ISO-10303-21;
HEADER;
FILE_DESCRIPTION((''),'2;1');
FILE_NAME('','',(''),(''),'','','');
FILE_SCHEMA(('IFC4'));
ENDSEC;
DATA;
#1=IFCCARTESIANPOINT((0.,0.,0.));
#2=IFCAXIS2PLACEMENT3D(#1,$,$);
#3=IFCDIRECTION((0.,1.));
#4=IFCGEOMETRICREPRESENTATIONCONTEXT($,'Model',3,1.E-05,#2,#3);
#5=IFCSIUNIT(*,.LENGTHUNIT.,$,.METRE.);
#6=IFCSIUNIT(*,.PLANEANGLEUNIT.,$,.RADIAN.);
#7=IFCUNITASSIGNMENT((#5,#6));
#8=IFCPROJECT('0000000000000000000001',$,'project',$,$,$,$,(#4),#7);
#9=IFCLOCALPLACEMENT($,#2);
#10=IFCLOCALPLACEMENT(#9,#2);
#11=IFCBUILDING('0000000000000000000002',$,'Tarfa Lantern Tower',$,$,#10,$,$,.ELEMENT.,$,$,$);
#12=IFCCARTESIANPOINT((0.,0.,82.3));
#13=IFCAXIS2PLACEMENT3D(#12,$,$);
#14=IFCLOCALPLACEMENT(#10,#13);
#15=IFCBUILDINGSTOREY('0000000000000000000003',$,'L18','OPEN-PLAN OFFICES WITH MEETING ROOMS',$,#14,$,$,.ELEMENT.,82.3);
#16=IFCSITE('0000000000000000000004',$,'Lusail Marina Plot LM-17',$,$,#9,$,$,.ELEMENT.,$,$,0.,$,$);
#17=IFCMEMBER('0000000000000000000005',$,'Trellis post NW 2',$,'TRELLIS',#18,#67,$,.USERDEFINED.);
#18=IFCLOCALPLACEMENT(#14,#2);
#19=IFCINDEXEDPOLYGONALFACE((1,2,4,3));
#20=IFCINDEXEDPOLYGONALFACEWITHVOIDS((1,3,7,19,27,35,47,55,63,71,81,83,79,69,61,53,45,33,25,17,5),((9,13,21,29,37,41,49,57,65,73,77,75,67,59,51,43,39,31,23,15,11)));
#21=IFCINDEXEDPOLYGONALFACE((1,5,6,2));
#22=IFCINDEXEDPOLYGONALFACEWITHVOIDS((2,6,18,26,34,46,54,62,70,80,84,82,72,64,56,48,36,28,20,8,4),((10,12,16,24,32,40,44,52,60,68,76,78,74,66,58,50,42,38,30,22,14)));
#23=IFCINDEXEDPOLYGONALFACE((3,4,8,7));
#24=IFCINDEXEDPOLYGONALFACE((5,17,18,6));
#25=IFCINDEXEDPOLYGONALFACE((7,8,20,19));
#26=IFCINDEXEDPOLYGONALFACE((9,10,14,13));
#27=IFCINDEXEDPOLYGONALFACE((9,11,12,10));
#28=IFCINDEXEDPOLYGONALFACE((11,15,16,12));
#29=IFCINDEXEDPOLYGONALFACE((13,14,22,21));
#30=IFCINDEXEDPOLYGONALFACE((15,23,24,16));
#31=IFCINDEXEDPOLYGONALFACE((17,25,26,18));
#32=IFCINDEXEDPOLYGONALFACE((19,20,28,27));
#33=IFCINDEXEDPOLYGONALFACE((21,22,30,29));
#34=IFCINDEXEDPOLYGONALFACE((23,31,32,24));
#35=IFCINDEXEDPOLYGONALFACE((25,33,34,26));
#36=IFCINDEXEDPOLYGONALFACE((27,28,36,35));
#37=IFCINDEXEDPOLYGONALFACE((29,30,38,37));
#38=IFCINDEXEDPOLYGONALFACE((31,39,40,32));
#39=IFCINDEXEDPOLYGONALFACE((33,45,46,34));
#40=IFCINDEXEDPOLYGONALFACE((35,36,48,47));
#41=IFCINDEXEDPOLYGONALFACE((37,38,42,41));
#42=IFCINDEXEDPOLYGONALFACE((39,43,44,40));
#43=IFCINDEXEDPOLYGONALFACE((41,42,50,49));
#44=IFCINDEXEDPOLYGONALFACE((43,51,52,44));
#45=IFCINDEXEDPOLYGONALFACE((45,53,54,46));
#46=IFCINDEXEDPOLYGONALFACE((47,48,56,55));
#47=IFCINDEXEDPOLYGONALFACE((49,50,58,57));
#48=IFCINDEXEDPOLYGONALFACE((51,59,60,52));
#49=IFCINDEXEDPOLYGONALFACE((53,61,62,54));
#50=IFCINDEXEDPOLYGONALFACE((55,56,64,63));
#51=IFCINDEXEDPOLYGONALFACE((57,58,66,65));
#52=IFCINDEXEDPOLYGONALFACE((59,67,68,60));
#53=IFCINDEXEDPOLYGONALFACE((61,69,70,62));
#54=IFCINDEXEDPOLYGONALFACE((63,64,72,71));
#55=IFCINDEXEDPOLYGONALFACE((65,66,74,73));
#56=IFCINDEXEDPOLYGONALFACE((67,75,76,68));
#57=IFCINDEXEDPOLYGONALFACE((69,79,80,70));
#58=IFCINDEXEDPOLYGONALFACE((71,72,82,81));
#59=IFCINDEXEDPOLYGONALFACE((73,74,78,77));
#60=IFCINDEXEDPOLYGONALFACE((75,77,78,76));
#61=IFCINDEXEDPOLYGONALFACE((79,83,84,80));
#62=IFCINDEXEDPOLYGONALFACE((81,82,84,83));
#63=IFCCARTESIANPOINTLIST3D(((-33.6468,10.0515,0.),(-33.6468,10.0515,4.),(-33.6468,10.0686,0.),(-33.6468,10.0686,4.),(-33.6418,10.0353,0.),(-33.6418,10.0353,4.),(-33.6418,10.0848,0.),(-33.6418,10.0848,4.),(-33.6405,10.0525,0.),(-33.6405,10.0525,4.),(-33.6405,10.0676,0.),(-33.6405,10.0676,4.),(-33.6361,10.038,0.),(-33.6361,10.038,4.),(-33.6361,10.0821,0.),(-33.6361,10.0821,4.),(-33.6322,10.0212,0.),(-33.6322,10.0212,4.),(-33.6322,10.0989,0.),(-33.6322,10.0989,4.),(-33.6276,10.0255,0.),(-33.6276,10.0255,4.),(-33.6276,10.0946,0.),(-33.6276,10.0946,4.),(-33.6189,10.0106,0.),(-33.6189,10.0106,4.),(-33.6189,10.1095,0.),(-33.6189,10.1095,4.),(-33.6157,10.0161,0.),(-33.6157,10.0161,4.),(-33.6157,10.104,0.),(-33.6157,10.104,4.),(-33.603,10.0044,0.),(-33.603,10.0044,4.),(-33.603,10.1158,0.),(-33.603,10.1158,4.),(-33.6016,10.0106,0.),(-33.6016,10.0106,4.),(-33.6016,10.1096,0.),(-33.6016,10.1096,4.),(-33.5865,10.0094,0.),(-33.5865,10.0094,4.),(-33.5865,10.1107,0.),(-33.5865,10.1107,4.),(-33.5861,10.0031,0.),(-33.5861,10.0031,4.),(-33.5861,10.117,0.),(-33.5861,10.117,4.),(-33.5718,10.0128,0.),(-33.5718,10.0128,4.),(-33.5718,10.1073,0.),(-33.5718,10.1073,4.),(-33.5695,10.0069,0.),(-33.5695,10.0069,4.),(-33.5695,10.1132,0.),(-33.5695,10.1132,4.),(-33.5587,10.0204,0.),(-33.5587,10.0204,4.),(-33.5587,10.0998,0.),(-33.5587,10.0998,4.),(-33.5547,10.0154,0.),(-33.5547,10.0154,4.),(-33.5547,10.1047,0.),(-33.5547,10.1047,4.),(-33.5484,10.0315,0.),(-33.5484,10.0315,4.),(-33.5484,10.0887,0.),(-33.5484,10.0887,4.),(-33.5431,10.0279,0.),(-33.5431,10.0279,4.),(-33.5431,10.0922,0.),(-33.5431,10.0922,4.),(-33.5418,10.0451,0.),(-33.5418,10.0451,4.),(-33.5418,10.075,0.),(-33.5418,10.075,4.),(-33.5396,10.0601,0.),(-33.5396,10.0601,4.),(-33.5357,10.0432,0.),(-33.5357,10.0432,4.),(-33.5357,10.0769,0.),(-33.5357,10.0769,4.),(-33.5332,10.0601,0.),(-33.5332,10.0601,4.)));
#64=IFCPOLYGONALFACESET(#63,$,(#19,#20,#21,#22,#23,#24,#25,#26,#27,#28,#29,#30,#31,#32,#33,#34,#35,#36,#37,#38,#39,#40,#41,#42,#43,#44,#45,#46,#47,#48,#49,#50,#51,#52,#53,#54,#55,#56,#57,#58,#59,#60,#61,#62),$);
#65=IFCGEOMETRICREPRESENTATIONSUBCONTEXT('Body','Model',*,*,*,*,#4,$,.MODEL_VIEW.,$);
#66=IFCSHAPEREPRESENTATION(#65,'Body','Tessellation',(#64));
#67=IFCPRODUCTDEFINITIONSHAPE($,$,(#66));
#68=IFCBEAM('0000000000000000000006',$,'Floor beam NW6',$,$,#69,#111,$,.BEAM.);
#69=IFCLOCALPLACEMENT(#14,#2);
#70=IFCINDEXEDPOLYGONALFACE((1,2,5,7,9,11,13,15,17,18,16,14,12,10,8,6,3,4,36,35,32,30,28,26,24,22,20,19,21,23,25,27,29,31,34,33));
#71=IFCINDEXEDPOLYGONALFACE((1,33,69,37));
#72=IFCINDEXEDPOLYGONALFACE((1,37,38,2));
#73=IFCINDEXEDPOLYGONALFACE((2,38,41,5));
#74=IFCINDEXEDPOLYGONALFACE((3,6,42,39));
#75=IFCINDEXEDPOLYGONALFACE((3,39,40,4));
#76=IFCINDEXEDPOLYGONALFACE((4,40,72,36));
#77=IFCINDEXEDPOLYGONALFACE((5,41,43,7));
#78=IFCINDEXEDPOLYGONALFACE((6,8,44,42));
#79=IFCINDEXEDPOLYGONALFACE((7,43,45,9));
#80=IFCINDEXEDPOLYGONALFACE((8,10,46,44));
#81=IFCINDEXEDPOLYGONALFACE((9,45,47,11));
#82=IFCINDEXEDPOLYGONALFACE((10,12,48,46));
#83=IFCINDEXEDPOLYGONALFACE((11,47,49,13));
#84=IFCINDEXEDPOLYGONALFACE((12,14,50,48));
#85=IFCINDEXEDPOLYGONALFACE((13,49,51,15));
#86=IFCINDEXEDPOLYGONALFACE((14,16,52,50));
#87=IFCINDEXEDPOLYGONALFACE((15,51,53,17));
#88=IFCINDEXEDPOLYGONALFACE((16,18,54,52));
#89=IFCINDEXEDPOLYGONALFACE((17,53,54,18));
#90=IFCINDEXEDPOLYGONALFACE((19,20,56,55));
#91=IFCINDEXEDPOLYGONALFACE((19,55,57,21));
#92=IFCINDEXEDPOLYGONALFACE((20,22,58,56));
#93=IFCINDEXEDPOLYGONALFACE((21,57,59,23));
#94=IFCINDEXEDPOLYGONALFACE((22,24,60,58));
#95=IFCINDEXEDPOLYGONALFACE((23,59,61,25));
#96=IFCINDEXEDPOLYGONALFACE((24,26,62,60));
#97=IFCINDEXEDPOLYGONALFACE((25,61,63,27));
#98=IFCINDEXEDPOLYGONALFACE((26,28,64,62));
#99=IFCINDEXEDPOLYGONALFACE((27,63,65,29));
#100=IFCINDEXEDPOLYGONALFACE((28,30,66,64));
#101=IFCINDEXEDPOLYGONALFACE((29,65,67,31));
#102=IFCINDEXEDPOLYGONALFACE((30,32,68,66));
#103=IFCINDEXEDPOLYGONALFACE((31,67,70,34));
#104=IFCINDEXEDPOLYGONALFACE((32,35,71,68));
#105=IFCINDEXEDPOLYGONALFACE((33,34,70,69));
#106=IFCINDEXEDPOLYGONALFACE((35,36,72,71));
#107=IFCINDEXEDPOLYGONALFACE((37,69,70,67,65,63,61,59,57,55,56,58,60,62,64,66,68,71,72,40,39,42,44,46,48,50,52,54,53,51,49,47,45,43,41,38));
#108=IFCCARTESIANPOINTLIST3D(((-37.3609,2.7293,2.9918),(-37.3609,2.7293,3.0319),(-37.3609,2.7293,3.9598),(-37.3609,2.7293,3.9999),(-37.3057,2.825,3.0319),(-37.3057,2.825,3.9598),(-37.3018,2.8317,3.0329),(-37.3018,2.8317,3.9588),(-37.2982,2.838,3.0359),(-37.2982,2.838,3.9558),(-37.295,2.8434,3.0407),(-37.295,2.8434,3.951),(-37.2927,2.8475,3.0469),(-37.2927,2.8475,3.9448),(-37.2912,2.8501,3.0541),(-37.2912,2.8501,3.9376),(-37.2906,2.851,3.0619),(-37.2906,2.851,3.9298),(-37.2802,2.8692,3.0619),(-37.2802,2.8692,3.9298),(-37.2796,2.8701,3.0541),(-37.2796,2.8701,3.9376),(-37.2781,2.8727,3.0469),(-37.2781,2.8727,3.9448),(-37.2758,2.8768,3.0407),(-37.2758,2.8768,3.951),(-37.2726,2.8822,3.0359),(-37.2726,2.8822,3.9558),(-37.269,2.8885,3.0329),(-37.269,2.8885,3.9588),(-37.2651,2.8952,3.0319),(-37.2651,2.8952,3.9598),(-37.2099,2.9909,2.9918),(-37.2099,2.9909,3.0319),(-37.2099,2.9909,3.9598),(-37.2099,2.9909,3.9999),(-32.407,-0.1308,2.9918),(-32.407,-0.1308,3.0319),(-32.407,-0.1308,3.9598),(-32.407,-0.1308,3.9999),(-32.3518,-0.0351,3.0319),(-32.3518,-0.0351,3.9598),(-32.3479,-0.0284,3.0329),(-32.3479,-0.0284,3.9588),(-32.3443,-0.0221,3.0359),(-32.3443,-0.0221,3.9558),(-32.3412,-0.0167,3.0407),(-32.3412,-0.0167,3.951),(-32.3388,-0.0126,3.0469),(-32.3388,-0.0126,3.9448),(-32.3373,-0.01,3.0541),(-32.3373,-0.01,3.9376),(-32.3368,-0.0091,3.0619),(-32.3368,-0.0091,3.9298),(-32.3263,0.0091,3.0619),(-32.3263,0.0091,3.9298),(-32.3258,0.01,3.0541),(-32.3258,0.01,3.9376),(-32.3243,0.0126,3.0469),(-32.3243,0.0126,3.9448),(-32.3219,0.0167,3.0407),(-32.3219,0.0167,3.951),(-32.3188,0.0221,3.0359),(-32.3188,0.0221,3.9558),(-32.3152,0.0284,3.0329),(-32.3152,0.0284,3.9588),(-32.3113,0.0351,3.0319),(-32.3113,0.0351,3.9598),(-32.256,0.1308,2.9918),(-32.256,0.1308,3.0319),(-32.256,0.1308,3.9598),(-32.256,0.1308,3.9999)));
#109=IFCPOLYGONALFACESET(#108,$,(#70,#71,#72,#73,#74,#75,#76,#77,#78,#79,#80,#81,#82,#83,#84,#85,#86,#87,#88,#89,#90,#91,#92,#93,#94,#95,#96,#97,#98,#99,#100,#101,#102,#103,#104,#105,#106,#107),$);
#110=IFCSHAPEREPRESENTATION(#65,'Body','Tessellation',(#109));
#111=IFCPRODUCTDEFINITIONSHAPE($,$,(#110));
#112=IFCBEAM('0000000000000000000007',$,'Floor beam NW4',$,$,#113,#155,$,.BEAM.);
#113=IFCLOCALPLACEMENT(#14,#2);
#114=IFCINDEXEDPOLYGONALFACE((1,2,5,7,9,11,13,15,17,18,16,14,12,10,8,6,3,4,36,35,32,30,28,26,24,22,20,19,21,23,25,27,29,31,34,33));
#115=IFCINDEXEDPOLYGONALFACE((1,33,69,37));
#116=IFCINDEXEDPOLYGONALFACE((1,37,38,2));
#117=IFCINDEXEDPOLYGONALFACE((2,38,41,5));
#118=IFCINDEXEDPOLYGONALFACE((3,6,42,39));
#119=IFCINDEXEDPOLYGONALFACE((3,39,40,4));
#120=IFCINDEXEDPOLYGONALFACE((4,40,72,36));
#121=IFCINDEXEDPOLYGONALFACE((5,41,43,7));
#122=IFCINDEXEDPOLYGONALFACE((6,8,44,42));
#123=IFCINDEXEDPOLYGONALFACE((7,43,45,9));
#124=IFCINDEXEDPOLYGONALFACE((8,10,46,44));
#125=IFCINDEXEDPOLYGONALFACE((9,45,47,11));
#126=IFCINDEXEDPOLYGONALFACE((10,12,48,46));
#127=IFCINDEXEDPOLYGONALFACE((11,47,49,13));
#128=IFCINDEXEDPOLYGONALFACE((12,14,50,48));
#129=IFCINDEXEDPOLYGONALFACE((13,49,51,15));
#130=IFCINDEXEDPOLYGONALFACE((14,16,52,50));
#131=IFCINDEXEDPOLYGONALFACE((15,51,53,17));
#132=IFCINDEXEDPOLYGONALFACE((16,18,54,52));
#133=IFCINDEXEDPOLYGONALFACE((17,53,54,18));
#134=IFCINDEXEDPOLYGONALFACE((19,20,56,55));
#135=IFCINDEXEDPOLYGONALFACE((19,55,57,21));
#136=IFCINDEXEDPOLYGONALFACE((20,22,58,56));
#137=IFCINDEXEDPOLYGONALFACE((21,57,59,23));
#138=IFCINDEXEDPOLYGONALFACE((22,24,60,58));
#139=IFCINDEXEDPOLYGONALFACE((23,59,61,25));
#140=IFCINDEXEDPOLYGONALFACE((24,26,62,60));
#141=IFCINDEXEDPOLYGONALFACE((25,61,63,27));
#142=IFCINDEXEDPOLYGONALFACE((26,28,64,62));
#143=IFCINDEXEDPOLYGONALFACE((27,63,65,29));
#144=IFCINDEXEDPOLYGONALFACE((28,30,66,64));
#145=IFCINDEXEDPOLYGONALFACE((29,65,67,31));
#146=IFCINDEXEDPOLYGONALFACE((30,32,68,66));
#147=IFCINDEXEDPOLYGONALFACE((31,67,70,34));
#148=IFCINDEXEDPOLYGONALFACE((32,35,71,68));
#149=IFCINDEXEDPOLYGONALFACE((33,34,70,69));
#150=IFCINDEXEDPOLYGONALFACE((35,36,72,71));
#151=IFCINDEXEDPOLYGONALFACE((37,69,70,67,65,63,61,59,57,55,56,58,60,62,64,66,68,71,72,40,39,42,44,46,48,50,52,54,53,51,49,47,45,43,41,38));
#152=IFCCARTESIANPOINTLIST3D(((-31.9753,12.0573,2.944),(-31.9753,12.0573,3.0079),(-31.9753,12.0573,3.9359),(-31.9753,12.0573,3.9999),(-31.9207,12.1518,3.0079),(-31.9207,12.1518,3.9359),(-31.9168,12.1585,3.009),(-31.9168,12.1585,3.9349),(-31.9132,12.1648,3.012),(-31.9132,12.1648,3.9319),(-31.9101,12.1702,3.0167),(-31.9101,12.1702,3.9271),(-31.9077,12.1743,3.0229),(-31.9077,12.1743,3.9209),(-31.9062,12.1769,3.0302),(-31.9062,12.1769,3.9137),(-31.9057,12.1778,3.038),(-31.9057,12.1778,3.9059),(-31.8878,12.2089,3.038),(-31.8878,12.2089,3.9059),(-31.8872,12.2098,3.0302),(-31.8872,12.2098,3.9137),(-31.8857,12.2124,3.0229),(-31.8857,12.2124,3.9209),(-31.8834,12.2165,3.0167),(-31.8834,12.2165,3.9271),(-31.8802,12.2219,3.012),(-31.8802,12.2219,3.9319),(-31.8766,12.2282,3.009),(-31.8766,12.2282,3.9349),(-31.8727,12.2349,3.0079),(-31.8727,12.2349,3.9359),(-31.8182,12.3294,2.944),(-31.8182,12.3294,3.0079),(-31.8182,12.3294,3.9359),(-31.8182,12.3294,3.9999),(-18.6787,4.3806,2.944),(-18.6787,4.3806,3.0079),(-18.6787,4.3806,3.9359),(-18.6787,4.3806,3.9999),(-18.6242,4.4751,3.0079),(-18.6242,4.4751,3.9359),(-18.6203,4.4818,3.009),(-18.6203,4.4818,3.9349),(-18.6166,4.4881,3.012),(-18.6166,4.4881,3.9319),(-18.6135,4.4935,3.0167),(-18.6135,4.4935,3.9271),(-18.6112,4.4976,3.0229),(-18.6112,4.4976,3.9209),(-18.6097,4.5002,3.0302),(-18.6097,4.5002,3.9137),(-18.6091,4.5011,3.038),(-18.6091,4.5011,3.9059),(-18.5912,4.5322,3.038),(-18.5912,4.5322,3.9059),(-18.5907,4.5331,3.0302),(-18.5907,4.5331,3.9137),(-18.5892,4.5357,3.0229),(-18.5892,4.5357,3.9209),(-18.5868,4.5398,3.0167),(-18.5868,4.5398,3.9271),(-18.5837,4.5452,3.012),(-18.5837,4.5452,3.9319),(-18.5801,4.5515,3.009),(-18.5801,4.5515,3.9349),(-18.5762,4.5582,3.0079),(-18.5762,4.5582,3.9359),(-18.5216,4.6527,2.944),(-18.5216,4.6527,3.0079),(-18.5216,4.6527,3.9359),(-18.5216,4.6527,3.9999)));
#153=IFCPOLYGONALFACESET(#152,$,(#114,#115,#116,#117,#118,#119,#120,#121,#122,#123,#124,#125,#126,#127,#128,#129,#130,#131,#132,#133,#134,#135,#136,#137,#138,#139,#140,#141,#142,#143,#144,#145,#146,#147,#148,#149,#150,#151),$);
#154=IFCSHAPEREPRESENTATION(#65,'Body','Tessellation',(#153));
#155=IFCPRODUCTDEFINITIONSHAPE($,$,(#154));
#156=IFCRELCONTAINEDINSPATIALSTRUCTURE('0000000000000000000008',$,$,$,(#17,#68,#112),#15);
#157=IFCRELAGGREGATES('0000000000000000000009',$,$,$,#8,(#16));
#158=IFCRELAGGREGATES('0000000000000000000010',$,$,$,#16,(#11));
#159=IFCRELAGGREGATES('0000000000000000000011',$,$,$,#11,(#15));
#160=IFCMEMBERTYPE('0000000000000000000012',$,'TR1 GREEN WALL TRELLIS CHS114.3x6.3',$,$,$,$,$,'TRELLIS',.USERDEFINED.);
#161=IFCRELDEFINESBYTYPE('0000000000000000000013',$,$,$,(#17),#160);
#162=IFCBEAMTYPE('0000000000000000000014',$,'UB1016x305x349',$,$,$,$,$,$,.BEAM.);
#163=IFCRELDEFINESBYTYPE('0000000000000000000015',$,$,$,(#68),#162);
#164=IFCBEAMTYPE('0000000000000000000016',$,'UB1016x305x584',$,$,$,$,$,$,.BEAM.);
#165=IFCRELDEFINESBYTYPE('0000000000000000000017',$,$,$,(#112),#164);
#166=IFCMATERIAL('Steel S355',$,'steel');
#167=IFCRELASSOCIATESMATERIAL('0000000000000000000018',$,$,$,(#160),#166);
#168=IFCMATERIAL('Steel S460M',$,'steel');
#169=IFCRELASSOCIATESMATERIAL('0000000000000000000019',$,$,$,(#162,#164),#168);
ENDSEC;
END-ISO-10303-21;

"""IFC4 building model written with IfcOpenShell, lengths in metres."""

from ifc_helpers import new_model, si_unit, direction, frame, origin, origin_2d, place, context, subcontext, project, spatial, hollow_circle, i_section, extrude, material, material_profile, profile_set, type_object, element, save


model = new_model("IFC4")

# Units and contexts
model_context = context("Model", 3, precision=1e-05, world=origin(), true_north=direction((0.0, 1.0)))
body_context = subcontext(model_context, "Body", "Model", "MODEL_VIEW")
ifc_project = project(units=[si_unit("LENGTHUNIT", "METRE"), si_unit("PLANEANGLEUNIT", "RADIAN")], contexts=[model_context])

# Site, building, storey
site_placement = place(None, origin())
site = spatial("IfcSite", under=ifc_project, at=site_placement, Name="Lusail Marina Plot LM-17", CompositionType="ELEMENT", RefElevation=0.0)
building_placement = place(site_placement, origin())
building = spatial("IfcBuilding", under=site, at=building_placement, Name="Tarfa Lantern Tower", CompositionType="ELEMENT")
storey_placement = place(building_placement, frame((0.0, 0.0, 82.3)))
storey = spatial("IfcBuildingStorey", under=building, at=storey_placement, Name="L18", Description="OPEN-PLAN OFFICES WITH MEETING ROOMS", CompositionType="ELEMENT", Elevation=82.3)

# Member
ifc_material_1 = material(Name="Steel S355", Category="steel")
ifc_material_profile_1 = material_profile(ifc_material_1, hollow_circle(Radius=0.0571, WallThickness=0.0063, at=origin_2d()), Name="CHS114.3x6.3")
ifc_profile_set_1 = profile_set([ifc_material_profile_1], Name="Steel S355")
member_type_1 = type_object("IfcMemberType", Name="TR1 GREEN WALL TRELLIS CHS114.3x6.3", ElementType="TRELLIS", PredefinedType="USERDEFINED", material=ifc_profile_set_1)
member_1_placement = place(storey_placement, frame((-33.5903, 10.0601, 0.0), z_axis=(0.0, 0.0, 1.0), x_axis=(1.0, 0.0, 0.0)))
element("IfcMember", 1, at=member_1_placement, inside=storey, type_object=member_type_1, Name="Trellis post NW 2", ObjectType="TRELLIS", PredefinedType="USERDEFINED", context=body_context, shape_type="SweptSolid", body=[
    extrude(hollow_circle(Radius=0.0571, WallThickness=0.0063, at=origin_2d()), origin(), (0.0, 0.0, 1.0), 4.0),
])

# Beams
ifc_material_2 = material(Name="Steel S460M", Category="steel")
ifc_material_profile_2 = material_profile(ifc_material_2, i_section(OverallWidth=0.302, OverallDepth=1.0081, WebThickness=0.021, FlangeThickness=0.04, FilletRadius=0.03, at=origin_2d()), Name="UB1016x305x349")
ifc_profile_set_2 = profile_set([ifc_material_profile_2], Name="Steel S460M")
beam_type_1 = type_object("IfcBeamType", Name="UB1016x305x349", PredefinedType="BEAM", material=ifc_profile_set_2)
beam_1_placement = place(storey_placement, frame((-37.2854, 2.8601, 3.4958), z_axis=(0.866026, -0.5, 0.0), x_axis=(0.5, 0.866026, 0.0)))
element("IfcBeam", 2, at=beam_1_placement, inside=storey, type_object=beam_type_1, Name="Floor beam NW6", PredefinedType="BEAM", context=body_context, shape_type="SweptSolid", body=[
    extrude(i_section(OverallWidth=0.302, OverallDepth=1.0081, WebThickness=0.021, FlangeThickness=0.04, FilletRadius=0.03, at=origin_2d()), origin(), (0.0, 0.0, 1.0), 5.7202),
])
ifc_material_profile_3 = material_profile(ifc_material_2, i_section(OverallWidth=0.3142, OverallDepth=1.0559, WebThickness=0.0359, FlangeThickness=0.064, FilletRadius=0.03, at=origin_2d()), Name="UB1016x305x584")
ifc_profile_set_3 = profile_set([ifc_material_profile_3], Name="Steel S460M")
beam_type_2 = type_object("IfcBeamType", Name="UB1016x305x584", PredefinedType="BEAM", material=ifc_profile_set_3)
beam_2_placement = place(storey_placement, frame((-31.8967, 12.1934, 3.4719), z_axis=(0.866027, -0.499997, 0.0), x_axis=(0.499997, 0.866027, 0.0)))
element("IfcBeam", 3, at=beam_2_placement, inside=storey, type_object=beam_type_2, Name="Floor beam NW4", PredefinedType="BEAM", context=body_context, shape_type="SweptSolid", body=[
    extrude(i_section(OverallWidth=0.3142, OverallDepth=1.0559, WebThickness=0.0359, FlangeThickness=0.064, FilletRadius=0.03, at=origin_2d()), origin(), (0.0, 0.0, 1.0), 15.3535),
])

save(model, "model.ifc")
